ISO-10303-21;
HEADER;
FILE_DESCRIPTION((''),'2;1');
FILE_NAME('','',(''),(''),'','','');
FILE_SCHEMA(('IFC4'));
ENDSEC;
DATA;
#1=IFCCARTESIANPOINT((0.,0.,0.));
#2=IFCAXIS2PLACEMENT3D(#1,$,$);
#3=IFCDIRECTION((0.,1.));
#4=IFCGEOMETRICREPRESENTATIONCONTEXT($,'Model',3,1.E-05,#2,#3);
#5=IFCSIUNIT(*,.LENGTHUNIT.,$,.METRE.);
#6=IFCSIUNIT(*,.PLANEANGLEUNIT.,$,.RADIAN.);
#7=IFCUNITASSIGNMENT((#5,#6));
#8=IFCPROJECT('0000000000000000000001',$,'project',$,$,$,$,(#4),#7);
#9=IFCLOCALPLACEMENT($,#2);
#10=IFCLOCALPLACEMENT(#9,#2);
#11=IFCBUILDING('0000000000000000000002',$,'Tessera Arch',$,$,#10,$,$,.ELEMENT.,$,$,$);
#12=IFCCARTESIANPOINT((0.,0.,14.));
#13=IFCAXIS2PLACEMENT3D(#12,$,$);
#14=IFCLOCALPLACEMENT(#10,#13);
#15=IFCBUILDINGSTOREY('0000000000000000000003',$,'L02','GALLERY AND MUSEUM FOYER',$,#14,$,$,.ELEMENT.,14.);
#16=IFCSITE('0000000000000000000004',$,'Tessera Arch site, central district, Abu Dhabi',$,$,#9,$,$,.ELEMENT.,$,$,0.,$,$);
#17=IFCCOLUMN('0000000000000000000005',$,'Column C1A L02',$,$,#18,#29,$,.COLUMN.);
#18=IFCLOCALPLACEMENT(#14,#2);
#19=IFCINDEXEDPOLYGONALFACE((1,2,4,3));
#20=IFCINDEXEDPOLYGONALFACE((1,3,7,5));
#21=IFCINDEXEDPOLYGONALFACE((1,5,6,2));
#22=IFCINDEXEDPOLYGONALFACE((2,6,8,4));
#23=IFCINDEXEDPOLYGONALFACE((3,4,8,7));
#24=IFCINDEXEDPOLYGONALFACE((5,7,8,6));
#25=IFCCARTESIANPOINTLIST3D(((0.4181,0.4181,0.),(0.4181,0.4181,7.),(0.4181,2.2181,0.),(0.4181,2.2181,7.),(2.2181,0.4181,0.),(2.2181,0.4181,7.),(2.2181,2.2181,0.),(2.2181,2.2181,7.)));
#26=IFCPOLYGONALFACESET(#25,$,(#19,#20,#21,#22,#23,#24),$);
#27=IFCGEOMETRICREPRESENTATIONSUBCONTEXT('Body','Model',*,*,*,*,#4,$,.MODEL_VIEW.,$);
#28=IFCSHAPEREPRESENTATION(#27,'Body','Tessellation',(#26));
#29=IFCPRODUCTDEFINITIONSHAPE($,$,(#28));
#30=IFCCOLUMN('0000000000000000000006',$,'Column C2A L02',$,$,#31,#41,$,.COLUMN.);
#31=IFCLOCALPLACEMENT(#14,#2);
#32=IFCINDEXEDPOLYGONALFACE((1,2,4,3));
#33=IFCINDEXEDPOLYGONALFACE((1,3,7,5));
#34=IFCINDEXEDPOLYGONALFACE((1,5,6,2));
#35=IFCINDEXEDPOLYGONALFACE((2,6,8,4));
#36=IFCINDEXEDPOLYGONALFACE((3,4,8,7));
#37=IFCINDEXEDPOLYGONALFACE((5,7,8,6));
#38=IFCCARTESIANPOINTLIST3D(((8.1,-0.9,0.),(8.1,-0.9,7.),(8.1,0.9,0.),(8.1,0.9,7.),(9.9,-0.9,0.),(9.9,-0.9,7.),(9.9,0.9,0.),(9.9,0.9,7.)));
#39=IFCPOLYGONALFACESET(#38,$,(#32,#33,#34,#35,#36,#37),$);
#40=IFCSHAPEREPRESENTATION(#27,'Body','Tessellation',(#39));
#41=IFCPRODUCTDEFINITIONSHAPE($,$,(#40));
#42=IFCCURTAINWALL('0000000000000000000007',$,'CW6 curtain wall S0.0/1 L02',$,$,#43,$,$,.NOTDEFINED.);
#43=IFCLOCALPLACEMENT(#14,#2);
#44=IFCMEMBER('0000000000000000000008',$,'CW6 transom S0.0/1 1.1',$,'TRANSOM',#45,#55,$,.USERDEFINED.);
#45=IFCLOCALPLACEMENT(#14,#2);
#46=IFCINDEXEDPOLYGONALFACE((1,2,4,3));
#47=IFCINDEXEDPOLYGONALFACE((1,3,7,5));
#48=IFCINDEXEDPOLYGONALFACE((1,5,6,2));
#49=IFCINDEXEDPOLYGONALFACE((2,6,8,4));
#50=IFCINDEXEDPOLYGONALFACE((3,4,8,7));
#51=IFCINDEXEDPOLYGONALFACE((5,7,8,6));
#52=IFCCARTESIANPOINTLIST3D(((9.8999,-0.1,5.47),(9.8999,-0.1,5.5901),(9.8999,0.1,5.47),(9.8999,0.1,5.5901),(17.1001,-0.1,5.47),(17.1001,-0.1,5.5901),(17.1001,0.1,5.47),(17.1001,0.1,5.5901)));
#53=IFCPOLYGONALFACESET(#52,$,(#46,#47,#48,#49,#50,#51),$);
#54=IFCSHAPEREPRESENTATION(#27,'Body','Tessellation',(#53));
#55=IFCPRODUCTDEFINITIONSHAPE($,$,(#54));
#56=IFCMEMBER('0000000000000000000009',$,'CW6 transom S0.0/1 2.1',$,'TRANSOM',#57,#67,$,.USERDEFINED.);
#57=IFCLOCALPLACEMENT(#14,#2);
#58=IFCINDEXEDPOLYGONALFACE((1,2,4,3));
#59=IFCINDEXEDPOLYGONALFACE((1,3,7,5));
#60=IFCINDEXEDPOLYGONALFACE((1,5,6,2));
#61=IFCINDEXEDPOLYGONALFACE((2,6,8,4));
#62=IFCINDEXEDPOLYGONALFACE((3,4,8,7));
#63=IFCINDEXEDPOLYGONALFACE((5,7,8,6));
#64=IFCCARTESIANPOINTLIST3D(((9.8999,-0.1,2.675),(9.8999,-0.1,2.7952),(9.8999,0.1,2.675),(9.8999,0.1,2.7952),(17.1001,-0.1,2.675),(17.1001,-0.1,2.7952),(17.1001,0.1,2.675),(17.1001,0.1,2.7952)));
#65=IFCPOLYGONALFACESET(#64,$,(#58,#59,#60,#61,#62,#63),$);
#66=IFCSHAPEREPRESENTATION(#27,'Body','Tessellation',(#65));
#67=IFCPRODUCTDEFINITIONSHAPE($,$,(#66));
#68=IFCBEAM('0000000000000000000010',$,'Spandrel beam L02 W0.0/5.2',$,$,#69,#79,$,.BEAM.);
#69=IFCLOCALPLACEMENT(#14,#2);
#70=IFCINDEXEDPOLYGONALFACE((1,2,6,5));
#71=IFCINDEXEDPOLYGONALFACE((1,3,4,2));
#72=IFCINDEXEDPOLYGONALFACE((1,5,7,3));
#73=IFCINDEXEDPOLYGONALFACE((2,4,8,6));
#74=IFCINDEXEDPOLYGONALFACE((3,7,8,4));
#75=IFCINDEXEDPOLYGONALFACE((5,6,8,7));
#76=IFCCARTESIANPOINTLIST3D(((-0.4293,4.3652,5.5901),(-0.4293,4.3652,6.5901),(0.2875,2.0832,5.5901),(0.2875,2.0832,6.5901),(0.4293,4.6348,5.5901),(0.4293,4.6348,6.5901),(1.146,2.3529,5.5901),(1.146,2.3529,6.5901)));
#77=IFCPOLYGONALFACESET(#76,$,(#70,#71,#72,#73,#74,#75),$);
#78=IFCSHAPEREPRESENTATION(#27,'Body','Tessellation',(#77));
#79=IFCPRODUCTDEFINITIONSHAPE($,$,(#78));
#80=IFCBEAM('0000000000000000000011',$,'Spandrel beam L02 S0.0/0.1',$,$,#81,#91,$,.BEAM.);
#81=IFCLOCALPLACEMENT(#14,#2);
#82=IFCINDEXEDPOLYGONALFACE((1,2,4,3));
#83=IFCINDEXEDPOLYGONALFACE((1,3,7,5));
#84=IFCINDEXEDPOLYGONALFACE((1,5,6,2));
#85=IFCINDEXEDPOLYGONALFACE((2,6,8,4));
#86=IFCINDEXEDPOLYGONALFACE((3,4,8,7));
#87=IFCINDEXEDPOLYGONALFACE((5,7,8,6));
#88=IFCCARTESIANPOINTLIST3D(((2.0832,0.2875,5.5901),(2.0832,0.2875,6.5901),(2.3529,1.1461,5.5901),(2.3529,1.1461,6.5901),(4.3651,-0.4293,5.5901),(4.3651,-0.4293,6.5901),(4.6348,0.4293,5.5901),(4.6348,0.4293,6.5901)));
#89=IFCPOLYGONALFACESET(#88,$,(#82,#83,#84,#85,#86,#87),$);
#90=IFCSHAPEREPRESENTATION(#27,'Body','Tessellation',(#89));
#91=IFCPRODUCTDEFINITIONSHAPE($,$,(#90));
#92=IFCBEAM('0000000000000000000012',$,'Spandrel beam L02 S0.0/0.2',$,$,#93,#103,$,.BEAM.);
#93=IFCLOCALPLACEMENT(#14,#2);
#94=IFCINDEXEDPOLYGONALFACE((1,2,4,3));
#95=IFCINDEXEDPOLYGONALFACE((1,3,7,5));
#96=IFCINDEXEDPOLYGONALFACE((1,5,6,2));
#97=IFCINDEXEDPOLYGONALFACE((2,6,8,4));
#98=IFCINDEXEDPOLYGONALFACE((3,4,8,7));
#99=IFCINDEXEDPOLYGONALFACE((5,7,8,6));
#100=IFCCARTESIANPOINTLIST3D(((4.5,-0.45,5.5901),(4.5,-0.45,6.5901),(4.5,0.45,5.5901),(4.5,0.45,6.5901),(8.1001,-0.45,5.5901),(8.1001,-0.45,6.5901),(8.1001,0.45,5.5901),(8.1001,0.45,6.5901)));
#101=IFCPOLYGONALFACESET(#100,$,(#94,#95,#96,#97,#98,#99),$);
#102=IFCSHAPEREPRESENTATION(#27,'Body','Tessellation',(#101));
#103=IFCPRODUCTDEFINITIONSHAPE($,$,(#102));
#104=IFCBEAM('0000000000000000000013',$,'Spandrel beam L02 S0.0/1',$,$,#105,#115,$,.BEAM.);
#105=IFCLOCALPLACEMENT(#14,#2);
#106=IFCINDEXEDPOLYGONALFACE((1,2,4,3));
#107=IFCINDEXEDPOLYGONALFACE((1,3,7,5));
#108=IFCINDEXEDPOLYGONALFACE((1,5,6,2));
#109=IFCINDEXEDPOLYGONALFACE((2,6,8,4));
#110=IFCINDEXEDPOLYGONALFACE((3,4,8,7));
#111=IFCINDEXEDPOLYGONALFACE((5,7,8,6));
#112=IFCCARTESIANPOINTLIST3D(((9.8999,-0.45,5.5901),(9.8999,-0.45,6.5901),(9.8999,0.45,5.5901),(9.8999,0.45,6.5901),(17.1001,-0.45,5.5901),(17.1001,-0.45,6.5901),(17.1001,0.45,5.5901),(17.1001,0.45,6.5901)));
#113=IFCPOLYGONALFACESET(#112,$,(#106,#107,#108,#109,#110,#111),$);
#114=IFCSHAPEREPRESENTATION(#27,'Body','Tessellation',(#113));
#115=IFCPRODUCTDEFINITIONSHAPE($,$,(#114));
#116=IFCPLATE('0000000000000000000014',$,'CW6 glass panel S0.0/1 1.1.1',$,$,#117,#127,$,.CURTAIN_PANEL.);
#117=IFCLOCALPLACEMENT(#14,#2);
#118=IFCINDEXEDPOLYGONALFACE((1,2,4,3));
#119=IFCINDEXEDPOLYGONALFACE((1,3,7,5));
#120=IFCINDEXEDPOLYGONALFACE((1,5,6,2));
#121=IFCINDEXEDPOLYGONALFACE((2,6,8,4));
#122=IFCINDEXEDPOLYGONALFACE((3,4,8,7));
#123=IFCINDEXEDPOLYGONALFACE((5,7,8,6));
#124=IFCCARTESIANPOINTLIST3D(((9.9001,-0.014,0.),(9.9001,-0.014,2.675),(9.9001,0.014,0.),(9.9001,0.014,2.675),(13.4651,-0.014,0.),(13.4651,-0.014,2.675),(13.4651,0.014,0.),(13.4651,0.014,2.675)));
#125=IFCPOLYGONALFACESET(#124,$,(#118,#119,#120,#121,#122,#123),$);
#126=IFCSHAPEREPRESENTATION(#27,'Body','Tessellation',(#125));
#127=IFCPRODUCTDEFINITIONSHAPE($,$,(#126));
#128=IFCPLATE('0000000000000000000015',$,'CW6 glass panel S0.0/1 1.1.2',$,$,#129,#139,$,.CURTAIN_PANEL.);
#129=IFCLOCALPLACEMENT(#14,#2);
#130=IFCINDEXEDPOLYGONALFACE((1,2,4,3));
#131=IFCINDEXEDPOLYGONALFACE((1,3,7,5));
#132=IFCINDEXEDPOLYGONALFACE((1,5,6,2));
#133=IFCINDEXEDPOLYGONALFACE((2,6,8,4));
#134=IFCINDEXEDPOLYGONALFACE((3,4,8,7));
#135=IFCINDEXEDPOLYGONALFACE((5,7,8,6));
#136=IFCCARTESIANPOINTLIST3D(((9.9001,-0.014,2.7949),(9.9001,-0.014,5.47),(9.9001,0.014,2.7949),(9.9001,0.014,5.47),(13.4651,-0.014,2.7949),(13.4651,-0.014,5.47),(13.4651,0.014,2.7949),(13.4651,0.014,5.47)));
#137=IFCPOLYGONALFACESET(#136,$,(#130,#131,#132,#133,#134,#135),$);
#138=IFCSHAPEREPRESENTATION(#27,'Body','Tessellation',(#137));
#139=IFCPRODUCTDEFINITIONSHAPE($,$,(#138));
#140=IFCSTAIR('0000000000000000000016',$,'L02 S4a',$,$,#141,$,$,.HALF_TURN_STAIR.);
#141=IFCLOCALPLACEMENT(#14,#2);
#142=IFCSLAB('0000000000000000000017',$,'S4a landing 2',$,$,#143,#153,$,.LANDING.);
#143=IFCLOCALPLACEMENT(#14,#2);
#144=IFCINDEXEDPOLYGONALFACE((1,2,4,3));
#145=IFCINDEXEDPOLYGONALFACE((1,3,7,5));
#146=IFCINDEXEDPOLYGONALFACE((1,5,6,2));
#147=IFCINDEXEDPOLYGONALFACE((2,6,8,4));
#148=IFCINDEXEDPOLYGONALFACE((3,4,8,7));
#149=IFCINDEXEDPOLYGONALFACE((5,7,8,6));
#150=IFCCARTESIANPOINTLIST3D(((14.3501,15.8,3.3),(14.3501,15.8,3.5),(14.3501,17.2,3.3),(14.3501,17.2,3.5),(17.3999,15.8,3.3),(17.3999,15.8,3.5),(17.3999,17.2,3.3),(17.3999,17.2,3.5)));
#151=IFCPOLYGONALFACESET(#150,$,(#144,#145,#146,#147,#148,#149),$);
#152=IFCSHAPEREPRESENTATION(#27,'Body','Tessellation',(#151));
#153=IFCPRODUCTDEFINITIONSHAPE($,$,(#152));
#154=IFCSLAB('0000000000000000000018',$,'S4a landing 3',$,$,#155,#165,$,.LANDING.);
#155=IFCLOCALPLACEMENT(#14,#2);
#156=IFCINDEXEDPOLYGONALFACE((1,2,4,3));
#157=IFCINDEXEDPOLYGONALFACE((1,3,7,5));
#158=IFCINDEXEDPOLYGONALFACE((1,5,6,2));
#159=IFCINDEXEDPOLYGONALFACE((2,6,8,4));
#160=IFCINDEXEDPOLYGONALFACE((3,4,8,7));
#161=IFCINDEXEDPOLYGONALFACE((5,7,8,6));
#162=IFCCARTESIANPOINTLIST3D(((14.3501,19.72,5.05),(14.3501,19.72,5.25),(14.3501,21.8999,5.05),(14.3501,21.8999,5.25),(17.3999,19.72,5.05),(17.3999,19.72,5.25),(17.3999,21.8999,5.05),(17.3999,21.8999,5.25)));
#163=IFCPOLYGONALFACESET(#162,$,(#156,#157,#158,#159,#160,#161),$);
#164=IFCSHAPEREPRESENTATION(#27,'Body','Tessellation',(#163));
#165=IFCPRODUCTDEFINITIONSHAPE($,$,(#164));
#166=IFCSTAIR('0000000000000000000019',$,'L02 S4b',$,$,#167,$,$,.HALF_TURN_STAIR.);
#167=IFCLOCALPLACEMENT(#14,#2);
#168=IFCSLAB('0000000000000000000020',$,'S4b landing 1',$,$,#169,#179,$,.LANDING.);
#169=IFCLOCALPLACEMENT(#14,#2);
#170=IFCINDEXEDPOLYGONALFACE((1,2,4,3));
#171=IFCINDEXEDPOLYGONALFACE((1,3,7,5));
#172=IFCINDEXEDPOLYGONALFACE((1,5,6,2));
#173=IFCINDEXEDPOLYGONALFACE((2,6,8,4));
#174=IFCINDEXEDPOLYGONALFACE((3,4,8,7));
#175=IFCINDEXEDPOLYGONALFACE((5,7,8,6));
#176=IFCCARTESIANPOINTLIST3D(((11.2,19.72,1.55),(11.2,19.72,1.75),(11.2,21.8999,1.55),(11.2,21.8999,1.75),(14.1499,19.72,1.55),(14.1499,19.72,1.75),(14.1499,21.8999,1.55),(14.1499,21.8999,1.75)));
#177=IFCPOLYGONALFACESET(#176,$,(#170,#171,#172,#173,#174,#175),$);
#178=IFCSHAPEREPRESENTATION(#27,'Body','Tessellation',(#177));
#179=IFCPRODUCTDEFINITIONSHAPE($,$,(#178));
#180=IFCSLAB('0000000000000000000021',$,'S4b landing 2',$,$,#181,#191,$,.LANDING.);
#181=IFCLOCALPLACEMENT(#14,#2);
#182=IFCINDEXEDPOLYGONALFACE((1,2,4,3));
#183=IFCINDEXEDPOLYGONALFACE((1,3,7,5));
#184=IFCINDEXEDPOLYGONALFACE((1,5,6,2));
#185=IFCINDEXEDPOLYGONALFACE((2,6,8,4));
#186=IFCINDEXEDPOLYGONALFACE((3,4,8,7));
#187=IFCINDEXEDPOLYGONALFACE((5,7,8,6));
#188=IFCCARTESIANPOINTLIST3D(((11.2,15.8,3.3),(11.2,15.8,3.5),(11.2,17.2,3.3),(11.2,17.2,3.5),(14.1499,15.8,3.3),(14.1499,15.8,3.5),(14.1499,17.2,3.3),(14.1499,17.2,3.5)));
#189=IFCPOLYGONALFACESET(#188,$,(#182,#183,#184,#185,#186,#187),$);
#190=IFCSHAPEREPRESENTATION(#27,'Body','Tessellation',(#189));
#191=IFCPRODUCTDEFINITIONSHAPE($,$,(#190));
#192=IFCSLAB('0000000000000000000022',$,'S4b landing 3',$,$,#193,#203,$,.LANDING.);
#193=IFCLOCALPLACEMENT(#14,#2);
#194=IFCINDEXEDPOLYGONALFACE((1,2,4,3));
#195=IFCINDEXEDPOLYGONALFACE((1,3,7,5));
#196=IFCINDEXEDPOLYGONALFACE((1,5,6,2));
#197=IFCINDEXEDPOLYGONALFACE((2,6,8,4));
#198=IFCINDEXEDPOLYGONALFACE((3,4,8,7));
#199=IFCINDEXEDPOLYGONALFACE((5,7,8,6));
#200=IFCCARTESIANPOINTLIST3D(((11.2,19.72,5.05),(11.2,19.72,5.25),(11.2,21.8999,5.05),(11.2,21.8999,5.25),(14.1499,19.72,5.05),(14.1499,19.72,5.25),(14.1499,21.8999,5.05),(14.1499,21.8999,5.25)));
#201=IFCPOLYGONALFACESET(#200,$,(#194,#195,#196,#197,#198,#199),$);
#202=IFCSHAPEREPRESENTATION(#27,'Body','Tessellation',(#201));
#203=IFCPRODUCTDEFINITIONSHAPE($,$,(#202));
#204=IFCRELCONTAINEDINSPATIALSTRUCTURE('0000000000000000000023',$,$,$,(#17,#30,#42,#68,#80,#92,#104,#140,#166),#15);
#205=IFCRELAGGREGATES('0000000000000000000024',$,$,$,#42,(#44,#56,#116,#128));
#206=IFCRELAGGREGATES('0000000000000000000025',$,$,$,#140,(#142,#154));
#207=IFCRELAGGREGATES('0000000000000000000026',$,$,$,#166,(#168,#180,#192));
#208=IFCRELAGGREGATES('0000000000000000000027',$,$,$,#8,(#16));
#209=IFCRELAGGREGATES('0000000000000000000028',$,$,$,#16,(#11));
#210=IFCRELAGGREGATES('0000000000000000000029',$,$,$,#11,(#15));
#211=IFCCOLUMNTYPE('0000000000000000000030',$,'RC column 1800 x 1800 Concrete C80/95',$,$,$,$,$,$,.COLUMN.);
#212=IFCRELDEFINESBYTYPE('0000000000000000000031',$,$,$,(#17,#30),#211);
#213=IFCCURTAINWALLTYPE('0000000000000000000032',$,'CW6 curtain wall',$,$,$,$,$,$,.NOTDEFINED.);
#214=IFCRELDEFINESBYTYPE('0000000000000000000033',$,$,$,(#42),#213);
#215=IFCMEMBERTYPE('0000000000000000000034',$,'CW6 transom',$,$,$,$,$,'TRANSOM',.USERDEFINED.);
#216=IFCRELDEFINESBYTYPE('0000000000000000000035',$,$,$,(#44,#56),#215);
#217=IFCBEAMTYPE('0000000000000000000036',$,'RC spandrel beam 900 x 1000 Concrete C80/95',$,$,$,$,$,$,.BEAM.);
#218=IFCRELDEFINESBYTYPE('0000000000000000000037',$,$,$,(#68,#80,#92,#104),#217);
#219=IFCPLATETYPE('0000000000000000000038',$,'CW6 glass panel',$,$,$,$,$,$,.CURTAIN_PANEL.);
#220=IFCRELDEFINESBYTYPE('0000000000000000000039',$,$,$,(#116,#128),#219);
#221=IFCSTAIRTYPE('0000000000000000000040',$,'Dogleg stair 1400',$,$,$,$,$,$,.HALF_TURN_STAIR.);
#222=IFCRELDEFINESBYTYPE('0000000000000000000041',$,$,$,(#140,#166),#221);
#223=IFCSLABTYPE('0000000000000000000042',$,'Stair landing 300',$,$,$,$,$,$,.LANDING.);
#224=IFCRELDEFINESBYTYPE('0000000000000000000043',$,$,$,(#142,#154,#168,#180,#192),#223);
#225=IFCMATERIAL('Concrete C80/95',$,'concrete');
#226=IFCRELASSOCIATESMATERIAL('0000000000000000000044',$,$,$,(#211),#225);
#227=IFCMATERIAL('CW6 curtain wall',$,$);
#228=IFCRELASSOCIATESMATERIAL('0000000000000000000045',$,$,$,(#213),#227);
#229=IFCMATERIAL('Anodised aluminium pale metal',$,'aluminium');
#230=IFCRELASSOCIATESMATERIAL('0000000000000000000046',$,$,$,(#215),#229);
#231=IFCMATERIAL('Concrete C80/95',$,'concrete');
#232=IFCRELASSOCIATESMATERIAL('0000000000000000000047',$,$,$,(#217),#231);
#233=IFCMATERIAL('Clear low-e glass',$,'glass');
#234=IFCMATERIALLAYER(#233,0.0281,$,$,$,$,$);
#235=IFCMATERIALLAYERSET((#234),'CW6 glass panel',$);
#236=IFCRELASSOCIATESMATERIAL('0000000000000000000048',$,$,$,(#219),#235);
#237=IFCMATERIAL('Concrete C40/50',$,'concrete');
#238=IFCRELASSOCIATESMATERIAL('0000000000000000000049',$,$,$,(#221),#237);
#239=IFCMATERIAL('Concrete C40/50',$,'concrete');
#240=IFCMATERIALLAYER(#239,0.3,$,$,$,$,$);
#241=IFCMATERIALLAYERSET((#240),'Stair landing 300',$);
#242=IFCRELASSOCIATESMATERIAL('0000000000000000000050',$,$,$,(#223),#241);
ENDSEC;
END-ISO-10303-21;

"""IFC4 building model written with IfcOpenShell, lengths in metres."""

from ifc_helpers import new_model, si_unit, direction, frame, origin, origin_2d, place, context, subcontext, project, spatial, polyline, rectangle, outline, extrude, material, layer, layer_set, material_profile, profile_set, type_object, element, aggregate, save


model = new_model("IFC4")

# Units and contexts
model_context = context("Model", 3, precision=1e-05, world=origin(), true_north=direction((0.0, 1.0)))
body_context = subcontext(model_context, "Body", "Model", "MODEL_VIEW")
ifc_project = project(units=[si_unit("LENGTHUNIT", "METRE"), si_unit("PLANEANGLEUNIT", "RADIAN")], contexts=[model_context])

# Site, building, storey
site_placement = place(None, origin())
site = spatial("IfcSite", under=ifc_project, at=site_placement, Name="Tessera Arch site, central district, Abu Dhabi", CompositionType="ELEMENT", RefElevation=0.0)
building_placement = place(site_placement, origin())
building = spatial("IfcBuilding", under=site, at=building_placement, Name="Tessera Arch", CompositionType="ELEMENT")
storey_placement = place(building_placement, frame((0.0, 0.0, 14.0)))
storey = spatial("IfcBuildingStorey", under=building, at=storey_placement, Name="L02", Description="GALLERY AND MUSEUM FOYER", CompositionType="ELEMENT", Elevation=14.0)

# Columns
ifc_material_1 = material(Name="Concrete C80/95", Category="concrete")
ifc_material_profile_1 = material_profile(ifc_material_1, rectangle(XDim=1.8, YDim=1.8, at=origin_2d()), Name="RC column 1800 x 1800 Concrete C80/95")
ifc_profile_set_1 = profile_set([ifc_material_profile_1], Name="Concrete C80/95")
column_type = type_object("IfcColumnType", Name="RC column 1800 x 1800 Concrete C80/95", PredefinedType="COLUMN", material=ifc_profile_set_1)
for number, where, z_axis, x_axis, name in (
    (1, (1.3181, 1.3181, 0.0), (0.0, 0.0, 1.0), (1.0, 0.0, 0.0), "Column C1A L02"),
    (2, (9.0, 0.0, 0.0), (0.0, 0.0, 1.0), (1.0, 0.0, 0.0), "Column C2A L02"),
):
    element("IfcColumn", number, at=place(storey_placement, frame(where, z_axis=z_axis, x_axis=x_axis)), inside=storey, type_object=column_type, Name=name, PredefinedType="COLUMN", context=body_context, shape_type="SweptSolid", body=[
        extrude(rectangle(XDim=1.8, YDim=1.8, at=origin_2d()), origin(), (0.0, 0.0, 1.0), 7.0),
    ])

# Curtain wall, members
ifc_material_2 = material(Name="CW6 curtain wall")
curtain_wall_type = type_object("IfcCurtainWallType", Name="CW6 curtain wall", PredefinedType="NOTDEFINED", material=ifc_material_2)
curtain_wall_placement = place(storey_placement, origin())
curtain_wall = element("IfcCurtainWall", 3, at=curtain_wall_placement, inside=storey, type_object=curtain_wall_type, Name="CW6 curtain wall S0.0/1 L02", PredefinedType="NOTDEFINED")
ifc_material_3 = material(Name="Anodised aluminium pale metal", Category="aluminium")
ifc_material_profile_2 = material_profile(ifc_material_3, rectangle(XDim=0.2, YDim=0.1201, at=origin_2d()), Name="AL 200x120")
ifc_profile_set_2 = profile_set([ifc_material_profile_2], Name="Anodised aluminium pale metal")
member_type = type_object("IfcMemberType", Name="CW6 transom", ElementType="TRANSOM", PredefinedType="USERDEFINED", material=ifc_profile_set_2)
member_1_placement = place(storey_placement, frame((9.8999, 0.0, 5.53), z_axis=(1.0, 0.0, 0.0), x_axis=(0.0, 1.0, 0.0)))
member_1 = element("IfcMember", 4, at=member_1_placement, type_object=member_type, Name="CW6 transom S0.0/1 1.1", ObjectType="TRANSOM", PredefinedType="USERDEFINED", context=body_context, shape_type="SweptSolid", body=[
    extrude(rectangle(XDim=0.2, YDim=0.1201, at=origin_2d()), origin(), (0.0, 0.0, 1.0), 7.2002),
])
member_2_placement = place(storey_placement, frame((9.8999, 0.0, 2.7351), z_axis=(1.0, 0.0, 0.0), x_axis=(0.0, 1.0, 0.0)))
member_2 = element("IfcMember", 5, at=member_2_placement, type_object=member_type, Name="CW6 transom S0.0/1 2.1", ObjectType="TRANSOM", PredefinedType="USERDEFINED", context=body_context, shape_type="SweptSolid", body=[
    extrude(rectangle(XDim=0.2, YDim=0.1201, at=origin_2d()), origin(), (0.0, 0.0, 1.0), 7.2002),
])

# Beams
ifc_material_4 = material(Name="Concrete C80/95", Category="concrete")
ifc_material_profile_3 = material_profile(ifc_material_4, rectangle(XDim=0.8999, YDim=1.0, at=origin_2d()), Name="RC spandrel beam 900 x 1000 Concrete C80/95")
ifc_profile_set_3 = profile_set([ifc_material_profile_3], Name="Concrete C80/95")
beam_type = type_object("IfcBeamType", Name="RC spandrel beam 900 x 1000 Concrete C80/95", PredefinedType="BEAM", material=ifc_profile_set_3)
for number, where, z_axis, x_axis, name in (
    (6, (0.0, 4.5, 6.0901), (0.299675, -0.954041, 0.0), (0.954041, 0.299675, 0.0), "Spandrel beam L02 W0.0/5.2"),
    (7, (2.218, 0.7168, 6.0901), (0.954041, -0.299675, 0.0), (0.299675, 0.954041, 0.0), "Spandrel beam L02 S0.0/0.1"),
):
    element("IfcBeam", number, at=place(storey_placement, frame(where, z_axis=z_axis, x_axis=x_axis)), inside=storey, type_object=beam_type, Name=name, PredefinedType="BEAM", context=body_context, shape_type="SweptSolid", body=[
        extrude(rectangle(XDim=0.8999, YDim=1.0, at=origin_2d()), origin(), (0.0, 0.0, 1.0), 2.3918),
    ])
beam_1_placement = place(storey_placement, frame((4.5, 0.0, 6.0901), z_axis=(1.0, 0.0, 0.0), x_axis=(0.0, 1.0, 0.0)))
element("IfcBeam", 8, at=beam_1_placement, inside=storey, type_object=beam_type, Name="Spandrel beam L02 S0.0/0.2", PredefinedType="BEAM", context=body_context, shape_type="SweptSolid", body=[
    extrude(rectangle(XDim=0.8999, YDim=1.0, at=origin_2d()), origin(), (0.0, 0.0, 1.0), 3.6001),
])
beam_2_placement = place(storey_placement, frame((9.8999, 0.0, 6.0901), z_axis=(1.0, 0.0, 0.0), x_axis=(0.0, 1.0, 0.0)))
element("IfcBeam", 9, at=beam_2_placement, inside=storey, type_object=beam_type, Name="Spandrel beam L02 S0.0/1", PredefinedType="BEAM", context=body_context, shape_type="SweptSolid", body=[
    extrude(rectangle(XDim=0.8999, YDim=1.0, at=origin_2d()), origin(), (0.0, 0.0, 1.0), 7.2002),
])

# Plates
ifc_material_5 = material(Name="Clear low-e glass", Category="glass")
ifc_layer_1 = layer(ifc_material_5, 0.0281)
ifc_layer_set_1 = layer_set([ifc_layer_1], Name="CW6 glass panel")
plate_type = type_object("IfcPlateType", Name="CW6 glass panel", PredefinedType="CURTAIN_PANEL", material=ifc_layer_set_1)
plate_1_placement = place(storey_placement, frame((11.6826, 0.0, 0.0), z_axis=(0.0, 0.0, 1.0), x_axis=(1.0, 0.0, 0.0)))
plate_1 = element("IfcPlate", 10, at=plate_1_placement, type_object=plate_type, Name="CW6 glass panel S0.0/1 1.1.1", PredefinedType="CURTAIN_PANEL", context=body_context, shape_type="SweptSolid", body=[
    extrude(rectangle(XDim=3.5649, YDim=0.0281, at=origin_2d()), origin(), (0.0, 0.0, 1.0), 2.675),
])
plate_2_placement = place(storey_placement, frame((11.6826, 0.0, 2.7949), z_axis=(0.0, 0.0, 1.0), x_axis=(1.0, 0.0, 0.0)))
plate_2 = element("IfcPlate", 11, at=plate_2_placement, type_object=plate_type, Name="CW6 glass panel S0.0/1 1.1.2", PredefinedType="CURTAIN_PANEL", context=body_context, shape_type="SweptSolid", body=[
    extrude(rectangle(XDim=3.5649, YDim=0.0281, at=origin_2d()), origin(), (0.0, 0.0, 1.0), 2.675),
])
aggregate(curtain_wall, [member_1, member_2, plate_1, plate_2])

# Stairs, slabs
ifc_material_6 = material(Name="Concrete C40/50", Category="concrete")
stair_type = type_object("IfcStairType", Name="Dogleg stair 1400", PredefinedType="HALF_TURN_STAIR", material=ifc_material_6)
stair_1_placement = place(storey_placement, origin())
stair_1 = element("IfcStair", 12, at=stair_1_placement, inside=storey, type_object=stair_type, Name="L02 S4a", PredefinedType="HALF_TURN_STAIR")
ifc_material_7 = material(Name="Concrete C40/50", Category="concrete")
ifc_layer_2 = layer(ifc_material_7, 0.3)
ifc_layer_set_2 = layer_set([ifc_layer_2], Name="Stair landing 300")
slab_type = type_object("IfcSlabType", Name="Stair landing 300", PredefinedType="LANDING", material=ifc_layer_set_2)
slab_1_placement = place(storey_placement, frame((0.0, 0.0, 3.3)))
slab_1 = element("IfcSlab", 13, at=slab_1_placement, type_object=slab_type, Name="S4a landing 2", PredefinedType="LANDING", context=body_context, shape_type="SweptSolid", body=[
    extrude(outline(polyline([(17.3999, 15.8), (17.3999, 17.2), (14.3501, 17.2), (14.3501, 15.8), (17.3999, 15.8)])), origin(), (0.0, 0.0, 1.0), 0.2),
])
slab_2_placement = place(storey_placement, frame((0.0, 0.0, 5.05)))
slab_2 = element("IfcSlab", 14, at=slab_2_placement, type_object=slab_type, Name="S4a landing 3", PredefinedType="LANDING", context=body_context, shape_type="SweptSolid", body=[
    extrude(outline(polyline([(17.3999, 19.72), (17.3999, 21.8999), (14.3501, 21.8999), (14.3501, 19.72), (17.3999, 19.72)])), origin(), (0.0, 0.0, 1.0), 0.2),
])
aggregate(stair_1, [slab_1, slab_2])
stair_2_placement = place(storey_placement, origin())
stair_2 = element("IfcStair", 15, at=stair_2_placement, inside=storey, type_object=stair_type, Name="L02 S4b", PredefinedType="HALF_TURN_STAIR")
slab_3_placement = place(storey_placement, frame((0.0, 0.0, 1.55)))
slab_3 = element("IfcSlab", 16, at=slab_3_placement, type_object=slab_type, Name="S4b landing 1", PredefinedType="LANDING", context=body_context, shape_type="SweptSolid", body=[
    extrude(outline(polyline([(14.1499, 19.72), (14.1499, 21.8999), (11.2, 21.8999), (11.2, 19.72), (14.1499, 19.72)])), origin(), (0.0, 0.0, 1.0), 0.2),
])
slab_4_placement = place(storey_placement, frame((0.0, 0.0, 3.3)))
slab_4 = element("IfcSlab", 17, at=slab_4_placement, type_object=slab_type, Name="S4b landing 2", PredefinedType="LANDING", context=body_context, shape_type="SweptSolid", body=[
    extrude(outline(polyline([(14.1499, 15.8), (14.1499, 17.2), (11.2, 17.2), (11.2, 15.8), (14.1499, 15.8)])), origin(), (0.0, 0.0, 1.0), 0.2),
])
slab_5_placement = place(storey_placement, frame((0.0, 0.0, 5.05)))
slab_5 = element("IfcSlab", 18, at=slab_5_placement, type_object=slab_type, Name="S4b landing 3", PredefinedType="LANDING", context=body_context, shape_type="SweptSolid", body=[
    extrude(outline(polyline([(14.1499, 19.72), (14.1499, 21.8999), (11.2, 21.8999), (11.2, 19.72), (14.1499, 19.72)])), origin(), (0.0, 0.0, 1.0), 0.2),
])
aggregate(stair_2, [slab_3, slab_4, slab_5])

save(model, "model.ifc")
